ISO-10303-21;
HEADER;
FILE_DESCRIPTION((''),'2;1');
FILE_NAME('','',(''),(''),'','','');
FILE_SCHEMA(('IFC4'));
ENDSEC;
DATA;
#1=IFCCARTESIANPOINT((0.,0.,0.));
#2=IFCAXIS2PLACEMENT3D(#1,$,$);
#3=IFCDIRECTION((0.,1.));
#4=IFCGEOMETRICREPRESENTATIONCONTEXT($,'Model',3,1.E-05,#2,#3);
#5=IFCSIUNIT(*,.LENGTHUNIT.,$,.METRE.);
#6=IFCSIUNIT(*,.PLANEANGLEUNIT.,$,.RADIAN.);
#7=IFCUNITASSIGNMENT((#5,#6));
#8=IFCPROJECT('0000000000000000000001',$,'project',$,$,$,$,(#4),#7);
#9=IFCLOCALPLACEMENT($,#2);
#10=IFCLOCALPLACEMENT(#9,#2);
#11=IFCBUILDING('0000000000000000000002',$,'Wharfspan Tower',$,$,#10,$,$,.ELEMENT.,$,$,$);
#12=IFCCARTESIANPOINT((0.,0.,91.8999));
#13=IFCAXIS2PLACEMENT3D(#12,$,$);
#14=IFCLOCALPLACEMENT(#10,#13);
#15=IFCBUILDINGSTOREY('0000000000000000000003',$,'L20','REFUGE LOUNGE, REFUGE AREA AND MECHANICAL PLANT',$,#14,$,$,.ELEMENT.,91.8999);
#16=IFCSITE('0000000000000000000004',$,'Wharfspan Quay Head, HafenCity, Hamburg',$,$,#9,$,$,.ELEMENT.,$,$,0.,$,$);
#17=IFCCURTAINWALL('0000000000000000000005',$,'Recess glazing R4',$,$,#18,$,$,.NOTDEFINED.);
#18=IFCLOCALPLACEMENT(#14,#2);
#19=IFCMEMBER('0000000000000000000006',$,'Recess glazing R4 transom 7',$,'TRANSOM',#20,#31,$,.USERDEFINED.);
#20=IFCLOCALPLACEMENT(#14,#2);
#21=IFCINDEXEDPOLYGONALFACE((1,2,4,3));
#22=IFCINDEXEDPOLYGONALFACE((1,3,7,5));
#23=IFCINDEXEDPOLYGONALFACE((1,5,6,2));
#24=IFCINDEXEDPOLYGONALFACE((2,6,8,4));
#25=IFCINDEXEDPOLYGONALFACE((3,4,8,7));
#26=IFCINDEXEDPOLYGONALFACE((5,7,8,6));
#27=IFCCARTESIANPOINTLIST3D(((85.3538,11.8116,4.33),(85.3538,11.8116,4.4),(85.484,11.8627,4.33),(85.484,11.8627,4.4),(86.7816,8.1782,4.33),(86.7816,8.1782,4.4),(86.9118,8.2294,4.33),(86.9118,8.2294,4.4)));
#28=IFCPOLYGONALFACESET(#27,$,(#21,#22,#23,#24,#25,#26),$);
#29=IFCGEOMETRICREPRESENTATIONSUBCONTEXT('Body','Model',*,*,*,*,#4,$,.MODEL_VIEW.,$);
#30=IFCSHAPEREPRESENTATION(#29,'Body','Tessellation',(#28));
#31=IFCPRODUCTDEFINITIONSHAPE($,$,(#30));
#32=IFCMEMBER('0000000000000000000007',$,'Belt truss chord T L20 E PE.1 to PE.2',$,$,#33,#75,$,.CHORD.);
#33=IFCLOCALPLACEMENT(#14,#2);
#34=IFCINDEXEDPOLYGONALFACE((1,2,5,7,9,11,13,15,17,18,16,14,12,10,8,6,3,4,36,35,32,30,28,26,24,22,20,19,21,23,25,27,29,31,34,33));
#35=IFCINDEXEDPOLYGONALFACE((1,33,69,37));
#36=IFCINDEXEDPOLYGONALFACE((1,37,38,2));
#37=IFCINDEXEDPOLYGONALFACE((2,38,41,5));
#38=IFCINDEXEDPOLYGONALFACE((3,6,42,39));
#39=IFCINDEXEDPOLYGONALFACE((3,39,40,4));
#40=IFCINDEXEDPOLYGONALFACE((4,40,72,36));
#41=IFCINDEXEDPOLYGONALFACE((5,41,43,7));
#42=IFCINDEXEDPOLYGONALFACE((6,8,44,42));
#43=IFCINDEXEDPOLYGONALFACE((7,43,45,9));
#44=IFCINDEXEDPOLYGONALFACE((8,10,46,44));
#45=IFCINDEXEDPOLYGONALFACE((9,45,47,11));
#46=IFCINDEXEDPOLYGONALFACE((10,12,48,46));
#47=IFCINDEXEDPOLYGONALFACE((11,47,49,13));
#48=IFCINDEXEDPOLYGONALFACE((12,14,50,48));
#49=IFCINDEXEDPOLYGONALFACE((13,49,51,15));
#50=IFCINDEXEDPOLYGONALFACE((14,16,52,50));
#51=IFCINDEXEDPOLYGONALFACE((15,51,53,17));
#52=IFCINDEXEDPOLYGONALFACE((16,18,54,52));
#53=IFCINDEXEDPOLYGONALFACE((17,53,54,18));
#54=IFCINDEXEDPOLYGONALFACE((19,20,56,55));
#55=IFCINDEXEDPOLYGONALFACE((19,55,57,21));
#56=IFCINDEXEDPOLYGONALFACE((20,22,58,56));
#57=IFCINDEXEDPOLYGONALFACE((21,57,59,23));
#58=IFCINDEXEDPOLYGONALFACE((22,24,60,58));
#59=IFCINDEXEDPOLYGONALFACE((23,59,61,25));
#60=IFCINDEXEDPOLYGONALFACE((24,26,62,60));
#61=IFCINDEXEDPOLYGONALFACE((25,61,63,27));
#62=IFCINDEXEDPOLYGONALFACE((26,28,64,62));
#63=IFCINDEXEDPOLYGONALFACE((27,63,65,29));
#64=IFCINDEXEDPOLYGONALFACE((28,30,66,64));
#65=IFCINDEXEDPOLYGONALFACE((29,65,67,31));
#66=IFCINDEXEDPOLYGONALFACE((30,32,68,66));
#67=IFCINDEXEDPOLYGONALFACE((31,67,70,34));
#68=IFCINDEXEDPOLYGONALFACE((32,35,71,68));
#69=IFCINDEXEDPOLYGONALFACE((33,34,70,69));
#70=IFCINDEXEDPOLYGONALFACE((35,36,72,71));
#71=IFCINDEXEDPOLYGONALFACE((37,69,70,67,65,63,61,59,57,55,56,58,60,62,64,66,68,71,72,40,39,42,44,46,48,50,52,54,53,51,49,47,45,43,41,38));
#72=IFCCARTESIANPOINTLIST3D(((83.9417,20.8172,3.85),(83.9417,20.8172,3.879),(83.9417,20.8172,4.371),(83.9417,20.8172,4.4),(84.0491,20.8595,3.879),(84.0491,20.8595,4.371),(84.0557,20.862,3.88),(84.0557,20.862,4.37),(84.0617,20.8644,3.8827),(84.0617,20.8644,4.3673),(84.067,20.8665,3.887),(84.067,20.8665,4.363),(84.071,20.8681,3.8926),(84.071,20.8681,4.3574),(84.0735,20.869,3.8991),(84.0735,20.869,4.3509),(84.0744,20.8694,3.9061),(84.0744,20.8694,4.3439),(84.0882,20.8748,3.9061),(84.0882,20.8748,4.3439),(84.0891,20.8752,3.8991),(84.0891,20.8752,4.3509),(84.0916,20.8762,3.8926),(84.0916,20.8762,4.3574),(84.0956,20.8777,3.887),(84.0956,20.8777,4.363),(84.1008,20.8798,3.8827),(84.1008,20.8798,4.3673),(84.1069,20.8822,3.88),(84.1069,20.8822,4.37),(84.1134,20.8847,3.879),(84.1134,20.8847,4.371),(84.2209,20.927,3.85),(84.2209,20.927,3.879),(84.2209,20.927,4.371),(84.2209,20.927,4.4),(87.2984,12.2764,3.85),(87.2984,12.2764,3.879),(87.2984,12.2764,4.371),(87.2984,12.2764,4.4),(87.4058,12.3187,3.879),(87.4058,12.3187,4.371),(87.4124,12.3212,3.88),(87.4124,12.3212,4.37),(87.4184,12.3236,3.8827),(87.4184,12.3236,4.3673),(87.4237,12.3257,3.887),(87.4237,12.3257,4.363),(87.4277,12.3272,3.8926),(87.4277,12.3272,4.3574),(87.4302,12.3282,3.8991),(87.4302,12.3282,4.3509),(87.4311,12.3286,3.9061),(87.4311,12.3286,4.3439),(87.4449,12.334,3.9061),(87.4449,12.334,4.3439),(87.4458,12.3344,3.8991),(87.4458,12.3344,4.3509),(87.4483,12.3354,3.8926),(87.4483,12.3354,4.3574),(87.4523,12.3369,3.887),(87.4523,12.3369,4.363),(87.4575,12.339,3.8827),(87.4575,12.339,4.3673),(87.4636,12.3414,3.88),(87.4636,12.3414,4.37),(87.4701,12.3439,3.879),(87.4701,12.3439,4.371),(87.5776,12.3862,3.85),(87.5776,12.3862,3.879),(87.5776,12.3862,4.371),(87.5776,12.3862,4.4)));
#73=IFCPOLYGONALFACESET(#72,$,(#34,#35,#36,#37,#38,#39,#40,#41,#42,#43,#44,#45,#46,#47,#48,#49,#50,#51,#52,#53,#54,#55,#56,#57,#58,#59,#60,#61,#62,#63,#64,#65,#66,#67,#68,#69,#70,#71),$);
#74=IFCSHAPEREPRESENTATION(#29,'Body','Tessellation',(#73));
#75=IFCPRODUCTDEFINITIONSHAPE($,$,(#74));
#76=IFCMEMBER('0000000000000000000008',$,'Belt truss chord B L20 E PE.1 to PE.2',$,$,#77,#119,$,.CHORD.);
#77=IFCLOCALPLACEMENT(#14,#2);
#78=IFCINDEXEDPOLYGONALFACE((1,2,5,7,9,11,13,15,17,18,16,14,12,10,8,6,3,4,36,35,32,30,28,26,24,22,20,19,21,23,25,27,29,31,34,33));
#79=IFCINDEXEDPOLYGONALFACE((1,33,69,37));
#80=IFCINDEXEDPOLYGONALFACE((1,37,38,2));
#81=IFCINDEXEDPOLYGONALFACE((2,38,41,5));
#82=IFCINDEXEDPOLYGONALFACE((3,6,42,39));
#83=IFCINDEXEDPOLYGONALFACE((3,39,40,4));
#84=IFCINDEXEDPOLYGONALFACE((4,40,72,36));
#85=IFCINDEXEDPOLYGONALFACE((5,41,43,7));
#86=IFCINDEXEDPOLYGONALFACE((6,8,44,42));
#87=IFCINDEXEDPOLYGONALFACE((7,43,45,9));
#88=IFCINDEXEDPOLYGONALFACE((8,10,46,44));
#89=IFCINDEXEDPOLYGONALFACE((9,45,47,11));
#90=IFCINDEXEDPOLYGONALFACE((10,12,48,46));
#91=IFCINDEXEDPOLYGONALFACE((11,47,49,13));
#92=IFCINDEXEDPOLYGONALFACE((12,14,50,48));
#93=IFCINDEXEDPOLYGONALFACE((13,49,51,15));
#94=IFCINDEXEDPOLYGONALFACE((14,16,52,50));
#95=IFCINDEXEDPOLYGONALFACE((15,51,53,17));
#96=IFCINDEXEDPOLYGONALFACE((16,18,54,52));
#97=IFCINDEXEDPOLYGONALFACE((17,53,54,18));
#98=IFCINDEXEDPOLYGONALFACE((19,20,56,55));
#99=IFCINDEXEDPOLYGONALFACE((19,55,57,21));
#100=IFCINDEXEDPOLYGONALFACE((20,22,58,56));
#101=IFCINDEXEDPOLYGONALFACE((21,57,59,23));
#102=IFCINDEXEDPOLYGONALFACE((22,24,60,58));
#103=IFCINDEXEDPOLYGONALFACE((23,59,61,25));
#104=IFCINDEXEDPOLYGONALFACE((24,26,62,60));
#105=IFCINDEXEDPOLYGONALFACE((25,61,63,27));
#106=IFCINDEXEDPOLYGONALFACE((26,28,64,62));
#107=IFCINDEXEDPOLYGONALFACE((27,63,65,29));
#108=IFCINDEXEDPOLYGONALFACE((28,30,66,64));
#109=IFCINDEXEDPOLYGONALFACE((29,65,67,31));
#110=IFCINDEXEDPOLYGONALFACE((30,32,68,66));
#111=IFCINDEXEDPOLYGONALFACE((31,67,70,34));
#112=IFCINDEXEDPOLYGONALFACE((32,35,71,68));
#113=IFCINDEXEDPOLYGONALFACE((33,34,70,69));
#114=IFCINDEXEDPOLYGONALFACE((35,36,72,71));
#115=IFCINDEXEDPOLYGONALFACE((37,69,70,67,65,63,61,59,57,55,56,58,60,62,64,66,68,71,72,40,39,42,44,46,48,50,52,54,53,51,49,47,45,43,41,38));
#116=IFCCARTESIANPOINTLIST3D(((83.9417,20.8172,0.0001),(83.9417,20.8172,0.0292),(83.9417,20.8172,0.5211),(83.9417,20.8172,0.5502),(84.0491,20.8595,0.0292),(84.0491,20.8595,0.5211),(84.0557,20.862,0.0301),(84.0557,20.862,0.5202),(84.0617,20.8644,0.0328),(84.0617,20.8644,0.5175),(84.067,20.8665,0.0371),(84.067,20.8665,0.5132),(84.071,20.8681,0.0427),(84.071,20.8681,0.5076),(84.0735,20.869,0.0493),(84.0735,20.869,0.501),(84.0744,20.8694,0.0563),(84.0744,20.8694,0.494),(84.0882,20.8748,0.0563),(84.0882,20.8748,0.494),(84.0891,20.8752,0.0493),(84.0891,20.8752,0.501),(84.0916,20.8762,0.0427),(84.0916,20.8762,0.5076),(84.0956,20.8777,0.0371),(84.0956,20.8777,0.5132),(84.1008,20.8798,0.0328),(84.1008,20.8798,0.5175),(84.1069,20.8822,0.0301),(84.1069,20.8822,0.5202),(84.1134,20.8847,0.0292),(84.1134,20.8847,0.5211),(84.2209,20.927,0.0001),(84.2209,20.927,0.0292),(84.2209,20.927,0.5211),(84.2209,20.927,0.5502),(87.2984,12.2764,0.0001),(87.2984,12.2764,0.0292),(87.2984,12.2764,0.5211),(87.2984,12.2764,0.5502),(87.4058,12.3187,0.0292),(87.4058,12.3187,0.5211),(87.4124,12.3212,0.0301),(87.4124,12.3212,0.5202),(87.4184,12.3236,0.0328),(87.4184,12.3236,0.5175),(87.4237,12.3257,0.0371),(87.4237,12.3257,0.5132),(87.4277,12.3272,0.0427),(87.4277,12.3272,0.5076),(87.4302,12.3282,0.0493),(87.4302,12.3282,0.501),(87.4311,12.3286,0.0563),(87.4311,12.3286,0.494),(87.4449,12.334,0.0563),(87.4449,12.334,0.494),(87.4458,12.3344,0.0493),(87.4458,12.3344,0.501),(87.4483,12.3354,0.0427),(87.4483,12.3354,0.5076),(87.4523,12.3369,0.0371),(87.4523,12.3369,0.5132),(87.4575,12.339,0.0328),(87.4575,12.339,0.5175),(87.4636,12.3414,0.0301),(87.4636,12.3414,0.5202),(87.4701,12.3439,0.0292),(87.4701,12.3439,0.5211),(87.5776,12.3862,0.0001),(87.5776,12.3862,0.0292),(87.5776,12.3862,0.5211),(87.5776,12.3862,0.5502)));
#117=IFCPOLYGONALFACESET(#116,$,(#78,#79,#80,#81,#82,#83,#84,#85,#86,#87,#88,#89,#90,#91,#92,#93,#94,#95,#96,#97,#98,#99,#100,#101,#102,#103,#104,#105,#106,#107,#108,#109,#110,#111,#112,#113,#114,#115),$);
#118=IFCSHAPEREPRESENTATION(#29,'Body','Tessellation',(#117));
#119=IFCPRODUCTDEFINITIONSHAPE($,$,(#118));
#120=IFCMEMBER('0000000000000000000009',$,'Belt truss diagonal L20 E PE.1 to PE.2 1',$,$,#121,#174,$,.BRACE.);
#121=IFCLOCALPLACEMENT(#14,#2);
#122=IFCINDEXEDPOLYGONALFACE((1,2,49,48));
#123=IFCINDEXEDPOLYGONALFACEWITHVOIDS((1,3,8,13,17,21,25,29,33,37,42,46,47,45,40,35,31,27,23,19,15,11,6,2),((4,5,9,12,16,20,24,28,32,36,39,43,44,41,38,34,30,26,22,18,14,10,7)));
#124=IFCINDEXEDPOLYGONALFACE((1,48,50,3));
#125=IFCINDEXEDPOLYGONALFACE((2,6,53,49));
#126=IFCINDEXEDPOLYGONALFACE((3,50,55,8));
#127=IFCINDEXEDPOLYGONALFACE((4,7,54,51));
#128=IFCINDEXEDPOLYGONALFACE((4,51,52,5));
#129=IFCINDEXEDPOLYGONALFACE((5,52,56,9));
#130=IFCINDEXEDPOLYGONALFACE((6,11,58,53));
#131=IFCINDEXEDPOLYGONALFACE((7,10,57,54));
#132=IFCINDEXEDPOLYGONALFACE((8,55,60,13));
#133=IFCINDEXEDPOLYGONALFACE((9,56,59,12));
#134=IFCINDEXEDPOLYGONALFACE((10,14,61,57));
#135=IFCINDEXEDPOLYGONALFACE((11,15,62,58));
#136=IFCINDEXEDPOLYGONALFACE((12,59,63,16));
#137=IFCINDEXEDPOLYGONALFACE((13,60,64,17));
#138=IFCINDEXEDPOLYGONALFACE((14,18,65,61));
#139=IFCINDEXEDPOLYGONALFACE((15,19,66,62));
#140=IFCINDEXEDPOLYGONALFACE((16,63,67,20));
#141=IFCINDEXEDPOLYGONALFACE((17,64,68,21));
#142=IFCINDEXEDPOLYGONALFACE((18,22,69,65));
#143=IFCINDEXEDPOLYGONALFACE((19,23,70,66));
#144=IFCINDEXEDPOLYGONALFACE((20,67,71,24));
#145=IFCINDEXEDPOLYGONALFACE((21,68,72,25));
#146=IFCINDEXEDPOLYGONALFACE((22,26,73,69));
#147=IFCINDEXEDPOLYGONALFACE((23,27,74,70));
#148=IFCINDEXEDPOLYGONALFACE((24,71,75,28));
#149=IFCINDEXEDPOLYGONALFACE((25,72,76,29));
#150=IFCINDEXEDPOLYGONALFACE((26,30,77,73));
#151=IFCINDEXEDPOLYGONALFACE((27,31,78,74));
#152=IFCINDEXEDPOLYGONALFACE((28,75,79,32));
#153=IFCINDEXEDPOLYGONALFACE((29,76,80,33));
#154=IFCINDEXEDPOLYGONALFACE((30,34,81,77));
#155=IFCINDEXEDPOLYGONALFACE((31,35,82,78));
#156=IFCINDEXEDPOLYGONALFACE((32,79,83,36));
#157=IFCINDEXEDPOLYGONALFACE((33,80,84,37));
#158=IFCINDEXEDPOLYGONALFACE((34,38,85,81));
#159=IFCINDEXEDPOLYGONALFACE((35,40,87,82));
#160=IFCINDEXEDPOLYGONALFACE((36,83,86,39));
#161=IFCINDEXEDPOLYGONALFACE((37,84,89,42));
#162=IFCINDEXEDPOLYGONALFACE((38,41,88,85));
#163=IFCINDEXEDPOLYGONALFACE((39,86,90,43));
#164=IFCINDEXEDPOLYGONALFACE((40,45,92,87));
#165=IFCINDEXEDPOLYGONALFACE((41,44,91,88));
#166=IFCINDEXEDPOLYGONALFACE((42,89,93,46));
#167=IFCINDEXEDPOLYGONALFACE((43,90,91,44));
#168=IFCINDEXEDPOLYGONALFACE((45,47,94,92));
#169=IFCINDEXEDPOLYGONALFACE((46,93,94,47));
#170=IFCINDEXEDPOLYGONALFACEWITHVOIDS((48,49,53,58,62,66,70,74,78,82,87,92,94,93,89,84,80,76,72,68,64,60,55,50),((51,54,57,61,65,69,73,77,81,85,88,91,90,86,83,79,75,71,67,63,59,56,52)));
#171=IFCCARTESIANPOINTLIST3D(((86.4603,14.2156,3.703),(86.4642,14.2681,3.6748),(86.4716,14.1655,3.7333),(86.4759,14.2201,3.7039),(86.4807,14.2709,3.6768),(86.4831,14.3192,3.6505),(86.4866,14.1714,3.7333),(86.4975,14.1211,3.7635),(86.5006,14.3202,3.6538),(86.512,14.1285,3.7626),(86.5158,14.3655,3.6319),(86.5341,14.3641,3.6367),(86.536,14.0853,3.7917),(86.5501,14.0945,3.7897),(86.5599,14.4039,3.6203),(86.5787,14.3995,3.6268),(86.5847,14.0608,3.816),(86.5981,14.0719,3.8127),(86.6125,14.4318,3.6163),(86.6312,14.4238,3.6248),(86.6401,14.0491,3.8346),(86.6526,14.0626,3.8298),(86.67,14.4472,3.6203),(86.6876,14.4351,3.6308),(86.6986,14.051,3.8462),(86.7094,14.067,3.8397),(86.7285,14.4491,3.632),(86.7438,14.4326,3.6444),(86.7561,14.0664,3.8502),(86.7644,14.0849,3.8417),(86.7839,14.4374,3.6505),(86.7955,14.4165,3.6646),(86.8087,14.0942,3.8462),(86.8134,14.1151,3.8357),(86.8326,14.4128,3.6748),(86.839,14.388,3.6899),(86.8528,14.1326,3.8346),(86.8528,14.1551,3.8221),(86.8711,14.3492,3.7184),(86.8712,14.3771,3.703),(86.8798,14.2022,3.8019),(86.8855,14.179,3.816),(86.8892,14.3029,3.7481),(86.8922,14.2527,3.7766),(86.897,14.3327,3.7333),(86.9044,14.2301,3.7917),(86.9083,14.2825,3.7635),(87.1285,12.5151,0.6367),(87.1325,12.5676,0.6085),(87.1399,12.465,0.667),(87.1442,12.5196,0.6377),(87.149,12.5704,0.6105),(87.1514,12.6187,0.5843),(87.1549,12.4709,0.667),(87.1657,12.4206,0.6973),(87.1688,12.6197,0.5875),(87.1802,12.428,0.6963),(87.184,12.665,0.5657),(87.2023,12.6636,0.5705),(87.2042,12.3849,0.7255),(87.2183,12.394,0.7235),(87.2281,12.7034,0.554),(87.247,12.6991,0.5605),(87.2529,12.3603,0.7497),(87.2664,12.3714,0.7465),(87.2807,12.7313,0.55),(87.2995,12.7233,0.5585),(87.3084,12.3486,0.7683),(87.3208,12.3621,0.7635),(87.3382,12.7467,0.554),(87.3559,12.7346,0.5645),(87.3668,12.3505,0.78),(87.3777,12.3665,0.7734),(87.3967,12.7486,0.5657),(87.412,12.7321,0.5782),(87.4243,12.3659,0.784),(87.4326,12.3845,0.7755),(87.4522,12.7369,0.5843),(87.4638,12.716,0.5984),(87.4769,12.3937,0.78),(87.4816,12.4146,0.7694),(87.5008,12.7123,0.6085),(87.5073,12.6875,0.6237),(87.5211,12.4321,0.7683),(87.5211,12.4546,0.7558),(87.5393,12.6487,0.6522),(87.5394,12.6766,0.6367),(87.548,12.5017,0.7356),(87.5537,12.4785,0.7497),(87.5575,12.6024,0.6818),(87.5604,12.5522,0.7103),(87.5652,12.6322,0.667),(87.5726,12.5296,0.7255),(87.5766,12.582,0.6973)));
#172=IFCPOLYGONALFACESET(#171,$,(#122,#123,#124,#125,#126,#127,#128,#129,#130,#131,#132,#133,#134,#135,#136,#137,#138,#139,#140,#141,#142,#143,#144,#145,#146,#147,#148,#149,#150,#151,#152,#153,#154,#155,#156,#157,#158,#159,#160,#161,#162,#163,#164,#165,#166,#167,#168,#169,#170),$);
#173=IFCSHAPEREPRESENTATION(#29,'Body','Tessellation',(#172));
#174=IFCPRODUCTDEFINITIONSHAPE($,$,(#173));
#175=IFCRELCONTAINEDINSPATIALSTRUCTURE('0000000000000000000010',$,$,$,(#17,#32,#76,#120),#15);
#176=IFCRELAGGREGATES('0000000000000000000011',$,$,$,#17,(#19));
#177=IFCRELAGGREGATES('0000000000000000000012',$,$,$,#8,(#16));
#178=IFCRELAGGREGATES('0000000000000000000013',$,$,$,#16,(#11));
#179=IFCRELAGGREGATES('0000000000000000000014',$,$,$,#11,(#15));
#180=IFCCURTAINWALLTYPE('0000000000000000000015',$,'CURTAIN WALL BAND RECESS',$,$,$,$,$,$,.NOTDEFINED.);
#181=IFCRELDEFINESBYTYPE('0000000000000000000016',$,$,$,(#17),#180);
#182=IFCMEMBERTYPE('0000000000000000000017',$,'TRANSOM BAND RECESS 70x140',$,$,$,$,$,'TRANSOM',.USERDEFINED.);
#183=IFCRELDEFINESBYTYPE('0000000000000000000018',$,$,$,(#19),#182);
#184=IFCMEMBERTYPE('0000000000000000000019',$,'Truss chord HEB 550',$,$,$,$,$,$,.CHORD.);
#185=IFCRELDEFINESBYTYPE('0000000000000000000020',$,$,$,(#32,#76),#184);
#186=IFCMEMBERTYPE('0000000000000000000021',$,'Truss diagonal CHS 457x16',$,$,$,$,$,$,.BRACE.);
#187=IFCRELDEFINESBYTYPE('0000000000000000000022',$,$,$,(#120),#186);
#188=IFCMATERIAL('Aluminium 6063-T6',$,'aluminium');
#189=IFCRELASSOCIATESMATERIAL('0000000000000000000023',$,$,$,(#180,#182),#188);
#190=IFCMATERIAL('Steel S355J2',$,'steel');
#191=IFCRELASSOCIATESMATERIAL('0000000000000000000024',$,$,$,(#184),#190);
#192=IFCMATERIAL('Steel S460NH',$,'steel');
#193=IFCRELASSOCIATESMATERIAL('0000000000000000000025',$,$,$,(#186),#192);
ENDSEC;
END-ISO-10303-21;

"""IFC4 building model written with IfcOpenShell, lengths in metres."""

from ifc_helpers import new_model, si_unit, direction, frame, origin, origin_2d, place, context, subcontext, project, spatial, rectangle, hollow_circle, i_section, extrude, material, material_profile, profile_set, type_object, element, aggregate, save


model = new_model("IFC4")

# Units and contexts
model_context = context("Model", 3, precision=1e-05, world=origin(), true_north=direction((0.0, 1.0)))
body_context = subcontext(model_context, "Body", "Model", "MODEL_VIEW")
ifc_project = project(units=[si_unit("LENGTHUNIT", "METRE"), si_unit("PLANEANGLEUNIT", "RADIAN")], contexts=[model_context])

# Site, building, storey
site_placement = place(None, origin())
site = spatial("IfcSite", under=ifc_project, at=site_placement, Name="Wharfspan Quay Head, HafenCity, Hamburg", CompositionType="ELEMENT", RefElevation=0.0)
building_placement = place(site_placement, origin())
building = spatial("IfcBuilding", under=site, at=building_placement, Name="Wharfspan Tower", CompositionType="ELEMENT")
storey_placement = place(building_placement, frame((0.0, 0.0, 91.8999)))
storey = spatial("IfcBuildingStorey", under=building, at=storey_placement, Name="L20", Description="REFUGE LOUNGE, REFUGE AREA AND MECHANICAL PLANT", CompositionType="ELEMENT", Elevation=91.8999)

# Shared definitions
ifc_material_1 = material(Name="Steel S355J2", Category="steel")

# Curtain wall
ifc_material_2 = material(Name="Aluminium 6063-T6", Category="aluminium")
curtain_wall_type = type_object("IfcCurtainWallType", Name="CURTAIN WALL BAND RECESS", PredefinedType="NOTDEFINED", material=ifc_material_2)
curtain_wall_placement = place(storey_placement, origin())
curtain_wall = element("IfcCurtainWall", 1, at=curtain_wall_placement, inside=storey, type_object=curtain_wall_type, Name="Recess glazing R4", PredefinedType="NOTDEFINED")

# Member
ifc_material_3 = material(Name="Steel S460NH", Category="steel")
ifc_material_profile_1 = material_profile(ifc_material_2, rectangle(XDim=0.1399, YDim=0.0701, at=origin_2d()))
ifc_profile_set_1 = profile_set([ifc_material_profile_1], Name="Aluminium 6063-T6")
member_type_1 = type_object("IfcMemberType", Name="TRANSOM BAND RECESS 70x140", ElementType="TRANSOM", PredefinedType="USERDEFINED", material=ifc_profile_set_1)
member_1_placement = place(storey_placement, frame((85.4189, 11.8372, 4.365), z_axis=(0.365734, -0.93072, 0.0), x_axis=(0.93072, 0.365734, 0.0)))
member_1 = element("IfcMember", 2, at=member_1_placement, type_object=member_type_1, Name="Recess glazing R4 transom 7", ObjectType="TRANSOM", PredefinedType="USERDEFINED", context=body_context, shape_type="SweptSolid", body=[
    extrude(rectangle(XDim=0.1399, YDim=0.0701, at=origin_2d()), origin(), (0.0, 0.0, 1.0), 3.9038),
])
aggregate(curtain_wall, [member_1])

# Members
ifc_material_profile_2 = material_profile(ifc_material_1, i_section(OverallWidth=0.3, OverallDepth=0.55, WebThickness=0.0149, FlangeThickness=0.0291, FilletRadius=0.0271, at=origin_2d()))
ifc_profile_set_2 = profile_set([ifc_material_profile_2], Name="Steel S355J2")
member_type_2 = type_object("IfcMemberType", Name="Truss chord HEB 550", PredefinedType="CHORD", material=ifc_profile_set_2)
for number, where, z_axis, x_axis, name in (
    (3, (87.438, 12.3313, 4.125), (-0.365783, 0.9307, 0.0), (-0.9307, -0.365783, 0.0), "Belt truss chord T L20 E PE.1 to PE.2"),
    (4, (87.438, 12.3313, 0.2751), (-0.365783, 0.9307, 0.0), (-0.9307, -0.365783, 0.0), "Belt truss chord B L20 E PE.1 to PE.2"),
):
    element("IfcMember", number, at=place(storey_placement, frame(where, z_axis=z_axis, x_axis=x_axis)), inside=storey, type_object=member_type_2, Name=name, PredefinedType="CHORD", context=body_context, shape_type="SweptSolid", body=[
        extrude(i_section(OverallWidth=0.3, OverallDepth=0.55, WebThickness=0.0149, FlangeThickness=0.0291, FilletRadius=0.0271, at=origin_2d()), origin(), (0.0, 0.0, 1.0), 9.1768),
    ])
ifc_material_profile_3 = material_profile(ifc_material_3, hollow_circle(Radius=0.2285, WallThickness=0.0161, at=origin_2d()))
ifc_profile_set_3 = profile_set([ifc_material_profile_3], Name="Steel S460NH")
member_type_3 = type_object("IfcMemberType", Name="Truss diagonal CHS 457x16", PredefinedType="BRACE", material=ifc_profile_set_3)
for number, where, z_axis, x_axis, name in (
    (5, (87.3525, 12.5486, 0.667), (-0.187215, 0.476417, 0.859056), (-0.930717, -0.365737, -0.000001), "Belt truss diagonal L20 E PE.1 to PE.2 1"),
):
    element("IfcMember", number, at=place(storey_placement, frame(where, z_axis=z_axis, x_axis=x_axis)), inside=storey, type_object=member_type_3, Name=name, PredefinedType="BRACE", context=body_context, shape_type="SweptSolid", body=[
        extrude(hollow_circle(Radius=0.2285, WallThickness=0.0161, at=origin_2d()), origin(), (0.0, 0.0, 1.0), 3.5693),
    ])

save(model, "model.ifc")
